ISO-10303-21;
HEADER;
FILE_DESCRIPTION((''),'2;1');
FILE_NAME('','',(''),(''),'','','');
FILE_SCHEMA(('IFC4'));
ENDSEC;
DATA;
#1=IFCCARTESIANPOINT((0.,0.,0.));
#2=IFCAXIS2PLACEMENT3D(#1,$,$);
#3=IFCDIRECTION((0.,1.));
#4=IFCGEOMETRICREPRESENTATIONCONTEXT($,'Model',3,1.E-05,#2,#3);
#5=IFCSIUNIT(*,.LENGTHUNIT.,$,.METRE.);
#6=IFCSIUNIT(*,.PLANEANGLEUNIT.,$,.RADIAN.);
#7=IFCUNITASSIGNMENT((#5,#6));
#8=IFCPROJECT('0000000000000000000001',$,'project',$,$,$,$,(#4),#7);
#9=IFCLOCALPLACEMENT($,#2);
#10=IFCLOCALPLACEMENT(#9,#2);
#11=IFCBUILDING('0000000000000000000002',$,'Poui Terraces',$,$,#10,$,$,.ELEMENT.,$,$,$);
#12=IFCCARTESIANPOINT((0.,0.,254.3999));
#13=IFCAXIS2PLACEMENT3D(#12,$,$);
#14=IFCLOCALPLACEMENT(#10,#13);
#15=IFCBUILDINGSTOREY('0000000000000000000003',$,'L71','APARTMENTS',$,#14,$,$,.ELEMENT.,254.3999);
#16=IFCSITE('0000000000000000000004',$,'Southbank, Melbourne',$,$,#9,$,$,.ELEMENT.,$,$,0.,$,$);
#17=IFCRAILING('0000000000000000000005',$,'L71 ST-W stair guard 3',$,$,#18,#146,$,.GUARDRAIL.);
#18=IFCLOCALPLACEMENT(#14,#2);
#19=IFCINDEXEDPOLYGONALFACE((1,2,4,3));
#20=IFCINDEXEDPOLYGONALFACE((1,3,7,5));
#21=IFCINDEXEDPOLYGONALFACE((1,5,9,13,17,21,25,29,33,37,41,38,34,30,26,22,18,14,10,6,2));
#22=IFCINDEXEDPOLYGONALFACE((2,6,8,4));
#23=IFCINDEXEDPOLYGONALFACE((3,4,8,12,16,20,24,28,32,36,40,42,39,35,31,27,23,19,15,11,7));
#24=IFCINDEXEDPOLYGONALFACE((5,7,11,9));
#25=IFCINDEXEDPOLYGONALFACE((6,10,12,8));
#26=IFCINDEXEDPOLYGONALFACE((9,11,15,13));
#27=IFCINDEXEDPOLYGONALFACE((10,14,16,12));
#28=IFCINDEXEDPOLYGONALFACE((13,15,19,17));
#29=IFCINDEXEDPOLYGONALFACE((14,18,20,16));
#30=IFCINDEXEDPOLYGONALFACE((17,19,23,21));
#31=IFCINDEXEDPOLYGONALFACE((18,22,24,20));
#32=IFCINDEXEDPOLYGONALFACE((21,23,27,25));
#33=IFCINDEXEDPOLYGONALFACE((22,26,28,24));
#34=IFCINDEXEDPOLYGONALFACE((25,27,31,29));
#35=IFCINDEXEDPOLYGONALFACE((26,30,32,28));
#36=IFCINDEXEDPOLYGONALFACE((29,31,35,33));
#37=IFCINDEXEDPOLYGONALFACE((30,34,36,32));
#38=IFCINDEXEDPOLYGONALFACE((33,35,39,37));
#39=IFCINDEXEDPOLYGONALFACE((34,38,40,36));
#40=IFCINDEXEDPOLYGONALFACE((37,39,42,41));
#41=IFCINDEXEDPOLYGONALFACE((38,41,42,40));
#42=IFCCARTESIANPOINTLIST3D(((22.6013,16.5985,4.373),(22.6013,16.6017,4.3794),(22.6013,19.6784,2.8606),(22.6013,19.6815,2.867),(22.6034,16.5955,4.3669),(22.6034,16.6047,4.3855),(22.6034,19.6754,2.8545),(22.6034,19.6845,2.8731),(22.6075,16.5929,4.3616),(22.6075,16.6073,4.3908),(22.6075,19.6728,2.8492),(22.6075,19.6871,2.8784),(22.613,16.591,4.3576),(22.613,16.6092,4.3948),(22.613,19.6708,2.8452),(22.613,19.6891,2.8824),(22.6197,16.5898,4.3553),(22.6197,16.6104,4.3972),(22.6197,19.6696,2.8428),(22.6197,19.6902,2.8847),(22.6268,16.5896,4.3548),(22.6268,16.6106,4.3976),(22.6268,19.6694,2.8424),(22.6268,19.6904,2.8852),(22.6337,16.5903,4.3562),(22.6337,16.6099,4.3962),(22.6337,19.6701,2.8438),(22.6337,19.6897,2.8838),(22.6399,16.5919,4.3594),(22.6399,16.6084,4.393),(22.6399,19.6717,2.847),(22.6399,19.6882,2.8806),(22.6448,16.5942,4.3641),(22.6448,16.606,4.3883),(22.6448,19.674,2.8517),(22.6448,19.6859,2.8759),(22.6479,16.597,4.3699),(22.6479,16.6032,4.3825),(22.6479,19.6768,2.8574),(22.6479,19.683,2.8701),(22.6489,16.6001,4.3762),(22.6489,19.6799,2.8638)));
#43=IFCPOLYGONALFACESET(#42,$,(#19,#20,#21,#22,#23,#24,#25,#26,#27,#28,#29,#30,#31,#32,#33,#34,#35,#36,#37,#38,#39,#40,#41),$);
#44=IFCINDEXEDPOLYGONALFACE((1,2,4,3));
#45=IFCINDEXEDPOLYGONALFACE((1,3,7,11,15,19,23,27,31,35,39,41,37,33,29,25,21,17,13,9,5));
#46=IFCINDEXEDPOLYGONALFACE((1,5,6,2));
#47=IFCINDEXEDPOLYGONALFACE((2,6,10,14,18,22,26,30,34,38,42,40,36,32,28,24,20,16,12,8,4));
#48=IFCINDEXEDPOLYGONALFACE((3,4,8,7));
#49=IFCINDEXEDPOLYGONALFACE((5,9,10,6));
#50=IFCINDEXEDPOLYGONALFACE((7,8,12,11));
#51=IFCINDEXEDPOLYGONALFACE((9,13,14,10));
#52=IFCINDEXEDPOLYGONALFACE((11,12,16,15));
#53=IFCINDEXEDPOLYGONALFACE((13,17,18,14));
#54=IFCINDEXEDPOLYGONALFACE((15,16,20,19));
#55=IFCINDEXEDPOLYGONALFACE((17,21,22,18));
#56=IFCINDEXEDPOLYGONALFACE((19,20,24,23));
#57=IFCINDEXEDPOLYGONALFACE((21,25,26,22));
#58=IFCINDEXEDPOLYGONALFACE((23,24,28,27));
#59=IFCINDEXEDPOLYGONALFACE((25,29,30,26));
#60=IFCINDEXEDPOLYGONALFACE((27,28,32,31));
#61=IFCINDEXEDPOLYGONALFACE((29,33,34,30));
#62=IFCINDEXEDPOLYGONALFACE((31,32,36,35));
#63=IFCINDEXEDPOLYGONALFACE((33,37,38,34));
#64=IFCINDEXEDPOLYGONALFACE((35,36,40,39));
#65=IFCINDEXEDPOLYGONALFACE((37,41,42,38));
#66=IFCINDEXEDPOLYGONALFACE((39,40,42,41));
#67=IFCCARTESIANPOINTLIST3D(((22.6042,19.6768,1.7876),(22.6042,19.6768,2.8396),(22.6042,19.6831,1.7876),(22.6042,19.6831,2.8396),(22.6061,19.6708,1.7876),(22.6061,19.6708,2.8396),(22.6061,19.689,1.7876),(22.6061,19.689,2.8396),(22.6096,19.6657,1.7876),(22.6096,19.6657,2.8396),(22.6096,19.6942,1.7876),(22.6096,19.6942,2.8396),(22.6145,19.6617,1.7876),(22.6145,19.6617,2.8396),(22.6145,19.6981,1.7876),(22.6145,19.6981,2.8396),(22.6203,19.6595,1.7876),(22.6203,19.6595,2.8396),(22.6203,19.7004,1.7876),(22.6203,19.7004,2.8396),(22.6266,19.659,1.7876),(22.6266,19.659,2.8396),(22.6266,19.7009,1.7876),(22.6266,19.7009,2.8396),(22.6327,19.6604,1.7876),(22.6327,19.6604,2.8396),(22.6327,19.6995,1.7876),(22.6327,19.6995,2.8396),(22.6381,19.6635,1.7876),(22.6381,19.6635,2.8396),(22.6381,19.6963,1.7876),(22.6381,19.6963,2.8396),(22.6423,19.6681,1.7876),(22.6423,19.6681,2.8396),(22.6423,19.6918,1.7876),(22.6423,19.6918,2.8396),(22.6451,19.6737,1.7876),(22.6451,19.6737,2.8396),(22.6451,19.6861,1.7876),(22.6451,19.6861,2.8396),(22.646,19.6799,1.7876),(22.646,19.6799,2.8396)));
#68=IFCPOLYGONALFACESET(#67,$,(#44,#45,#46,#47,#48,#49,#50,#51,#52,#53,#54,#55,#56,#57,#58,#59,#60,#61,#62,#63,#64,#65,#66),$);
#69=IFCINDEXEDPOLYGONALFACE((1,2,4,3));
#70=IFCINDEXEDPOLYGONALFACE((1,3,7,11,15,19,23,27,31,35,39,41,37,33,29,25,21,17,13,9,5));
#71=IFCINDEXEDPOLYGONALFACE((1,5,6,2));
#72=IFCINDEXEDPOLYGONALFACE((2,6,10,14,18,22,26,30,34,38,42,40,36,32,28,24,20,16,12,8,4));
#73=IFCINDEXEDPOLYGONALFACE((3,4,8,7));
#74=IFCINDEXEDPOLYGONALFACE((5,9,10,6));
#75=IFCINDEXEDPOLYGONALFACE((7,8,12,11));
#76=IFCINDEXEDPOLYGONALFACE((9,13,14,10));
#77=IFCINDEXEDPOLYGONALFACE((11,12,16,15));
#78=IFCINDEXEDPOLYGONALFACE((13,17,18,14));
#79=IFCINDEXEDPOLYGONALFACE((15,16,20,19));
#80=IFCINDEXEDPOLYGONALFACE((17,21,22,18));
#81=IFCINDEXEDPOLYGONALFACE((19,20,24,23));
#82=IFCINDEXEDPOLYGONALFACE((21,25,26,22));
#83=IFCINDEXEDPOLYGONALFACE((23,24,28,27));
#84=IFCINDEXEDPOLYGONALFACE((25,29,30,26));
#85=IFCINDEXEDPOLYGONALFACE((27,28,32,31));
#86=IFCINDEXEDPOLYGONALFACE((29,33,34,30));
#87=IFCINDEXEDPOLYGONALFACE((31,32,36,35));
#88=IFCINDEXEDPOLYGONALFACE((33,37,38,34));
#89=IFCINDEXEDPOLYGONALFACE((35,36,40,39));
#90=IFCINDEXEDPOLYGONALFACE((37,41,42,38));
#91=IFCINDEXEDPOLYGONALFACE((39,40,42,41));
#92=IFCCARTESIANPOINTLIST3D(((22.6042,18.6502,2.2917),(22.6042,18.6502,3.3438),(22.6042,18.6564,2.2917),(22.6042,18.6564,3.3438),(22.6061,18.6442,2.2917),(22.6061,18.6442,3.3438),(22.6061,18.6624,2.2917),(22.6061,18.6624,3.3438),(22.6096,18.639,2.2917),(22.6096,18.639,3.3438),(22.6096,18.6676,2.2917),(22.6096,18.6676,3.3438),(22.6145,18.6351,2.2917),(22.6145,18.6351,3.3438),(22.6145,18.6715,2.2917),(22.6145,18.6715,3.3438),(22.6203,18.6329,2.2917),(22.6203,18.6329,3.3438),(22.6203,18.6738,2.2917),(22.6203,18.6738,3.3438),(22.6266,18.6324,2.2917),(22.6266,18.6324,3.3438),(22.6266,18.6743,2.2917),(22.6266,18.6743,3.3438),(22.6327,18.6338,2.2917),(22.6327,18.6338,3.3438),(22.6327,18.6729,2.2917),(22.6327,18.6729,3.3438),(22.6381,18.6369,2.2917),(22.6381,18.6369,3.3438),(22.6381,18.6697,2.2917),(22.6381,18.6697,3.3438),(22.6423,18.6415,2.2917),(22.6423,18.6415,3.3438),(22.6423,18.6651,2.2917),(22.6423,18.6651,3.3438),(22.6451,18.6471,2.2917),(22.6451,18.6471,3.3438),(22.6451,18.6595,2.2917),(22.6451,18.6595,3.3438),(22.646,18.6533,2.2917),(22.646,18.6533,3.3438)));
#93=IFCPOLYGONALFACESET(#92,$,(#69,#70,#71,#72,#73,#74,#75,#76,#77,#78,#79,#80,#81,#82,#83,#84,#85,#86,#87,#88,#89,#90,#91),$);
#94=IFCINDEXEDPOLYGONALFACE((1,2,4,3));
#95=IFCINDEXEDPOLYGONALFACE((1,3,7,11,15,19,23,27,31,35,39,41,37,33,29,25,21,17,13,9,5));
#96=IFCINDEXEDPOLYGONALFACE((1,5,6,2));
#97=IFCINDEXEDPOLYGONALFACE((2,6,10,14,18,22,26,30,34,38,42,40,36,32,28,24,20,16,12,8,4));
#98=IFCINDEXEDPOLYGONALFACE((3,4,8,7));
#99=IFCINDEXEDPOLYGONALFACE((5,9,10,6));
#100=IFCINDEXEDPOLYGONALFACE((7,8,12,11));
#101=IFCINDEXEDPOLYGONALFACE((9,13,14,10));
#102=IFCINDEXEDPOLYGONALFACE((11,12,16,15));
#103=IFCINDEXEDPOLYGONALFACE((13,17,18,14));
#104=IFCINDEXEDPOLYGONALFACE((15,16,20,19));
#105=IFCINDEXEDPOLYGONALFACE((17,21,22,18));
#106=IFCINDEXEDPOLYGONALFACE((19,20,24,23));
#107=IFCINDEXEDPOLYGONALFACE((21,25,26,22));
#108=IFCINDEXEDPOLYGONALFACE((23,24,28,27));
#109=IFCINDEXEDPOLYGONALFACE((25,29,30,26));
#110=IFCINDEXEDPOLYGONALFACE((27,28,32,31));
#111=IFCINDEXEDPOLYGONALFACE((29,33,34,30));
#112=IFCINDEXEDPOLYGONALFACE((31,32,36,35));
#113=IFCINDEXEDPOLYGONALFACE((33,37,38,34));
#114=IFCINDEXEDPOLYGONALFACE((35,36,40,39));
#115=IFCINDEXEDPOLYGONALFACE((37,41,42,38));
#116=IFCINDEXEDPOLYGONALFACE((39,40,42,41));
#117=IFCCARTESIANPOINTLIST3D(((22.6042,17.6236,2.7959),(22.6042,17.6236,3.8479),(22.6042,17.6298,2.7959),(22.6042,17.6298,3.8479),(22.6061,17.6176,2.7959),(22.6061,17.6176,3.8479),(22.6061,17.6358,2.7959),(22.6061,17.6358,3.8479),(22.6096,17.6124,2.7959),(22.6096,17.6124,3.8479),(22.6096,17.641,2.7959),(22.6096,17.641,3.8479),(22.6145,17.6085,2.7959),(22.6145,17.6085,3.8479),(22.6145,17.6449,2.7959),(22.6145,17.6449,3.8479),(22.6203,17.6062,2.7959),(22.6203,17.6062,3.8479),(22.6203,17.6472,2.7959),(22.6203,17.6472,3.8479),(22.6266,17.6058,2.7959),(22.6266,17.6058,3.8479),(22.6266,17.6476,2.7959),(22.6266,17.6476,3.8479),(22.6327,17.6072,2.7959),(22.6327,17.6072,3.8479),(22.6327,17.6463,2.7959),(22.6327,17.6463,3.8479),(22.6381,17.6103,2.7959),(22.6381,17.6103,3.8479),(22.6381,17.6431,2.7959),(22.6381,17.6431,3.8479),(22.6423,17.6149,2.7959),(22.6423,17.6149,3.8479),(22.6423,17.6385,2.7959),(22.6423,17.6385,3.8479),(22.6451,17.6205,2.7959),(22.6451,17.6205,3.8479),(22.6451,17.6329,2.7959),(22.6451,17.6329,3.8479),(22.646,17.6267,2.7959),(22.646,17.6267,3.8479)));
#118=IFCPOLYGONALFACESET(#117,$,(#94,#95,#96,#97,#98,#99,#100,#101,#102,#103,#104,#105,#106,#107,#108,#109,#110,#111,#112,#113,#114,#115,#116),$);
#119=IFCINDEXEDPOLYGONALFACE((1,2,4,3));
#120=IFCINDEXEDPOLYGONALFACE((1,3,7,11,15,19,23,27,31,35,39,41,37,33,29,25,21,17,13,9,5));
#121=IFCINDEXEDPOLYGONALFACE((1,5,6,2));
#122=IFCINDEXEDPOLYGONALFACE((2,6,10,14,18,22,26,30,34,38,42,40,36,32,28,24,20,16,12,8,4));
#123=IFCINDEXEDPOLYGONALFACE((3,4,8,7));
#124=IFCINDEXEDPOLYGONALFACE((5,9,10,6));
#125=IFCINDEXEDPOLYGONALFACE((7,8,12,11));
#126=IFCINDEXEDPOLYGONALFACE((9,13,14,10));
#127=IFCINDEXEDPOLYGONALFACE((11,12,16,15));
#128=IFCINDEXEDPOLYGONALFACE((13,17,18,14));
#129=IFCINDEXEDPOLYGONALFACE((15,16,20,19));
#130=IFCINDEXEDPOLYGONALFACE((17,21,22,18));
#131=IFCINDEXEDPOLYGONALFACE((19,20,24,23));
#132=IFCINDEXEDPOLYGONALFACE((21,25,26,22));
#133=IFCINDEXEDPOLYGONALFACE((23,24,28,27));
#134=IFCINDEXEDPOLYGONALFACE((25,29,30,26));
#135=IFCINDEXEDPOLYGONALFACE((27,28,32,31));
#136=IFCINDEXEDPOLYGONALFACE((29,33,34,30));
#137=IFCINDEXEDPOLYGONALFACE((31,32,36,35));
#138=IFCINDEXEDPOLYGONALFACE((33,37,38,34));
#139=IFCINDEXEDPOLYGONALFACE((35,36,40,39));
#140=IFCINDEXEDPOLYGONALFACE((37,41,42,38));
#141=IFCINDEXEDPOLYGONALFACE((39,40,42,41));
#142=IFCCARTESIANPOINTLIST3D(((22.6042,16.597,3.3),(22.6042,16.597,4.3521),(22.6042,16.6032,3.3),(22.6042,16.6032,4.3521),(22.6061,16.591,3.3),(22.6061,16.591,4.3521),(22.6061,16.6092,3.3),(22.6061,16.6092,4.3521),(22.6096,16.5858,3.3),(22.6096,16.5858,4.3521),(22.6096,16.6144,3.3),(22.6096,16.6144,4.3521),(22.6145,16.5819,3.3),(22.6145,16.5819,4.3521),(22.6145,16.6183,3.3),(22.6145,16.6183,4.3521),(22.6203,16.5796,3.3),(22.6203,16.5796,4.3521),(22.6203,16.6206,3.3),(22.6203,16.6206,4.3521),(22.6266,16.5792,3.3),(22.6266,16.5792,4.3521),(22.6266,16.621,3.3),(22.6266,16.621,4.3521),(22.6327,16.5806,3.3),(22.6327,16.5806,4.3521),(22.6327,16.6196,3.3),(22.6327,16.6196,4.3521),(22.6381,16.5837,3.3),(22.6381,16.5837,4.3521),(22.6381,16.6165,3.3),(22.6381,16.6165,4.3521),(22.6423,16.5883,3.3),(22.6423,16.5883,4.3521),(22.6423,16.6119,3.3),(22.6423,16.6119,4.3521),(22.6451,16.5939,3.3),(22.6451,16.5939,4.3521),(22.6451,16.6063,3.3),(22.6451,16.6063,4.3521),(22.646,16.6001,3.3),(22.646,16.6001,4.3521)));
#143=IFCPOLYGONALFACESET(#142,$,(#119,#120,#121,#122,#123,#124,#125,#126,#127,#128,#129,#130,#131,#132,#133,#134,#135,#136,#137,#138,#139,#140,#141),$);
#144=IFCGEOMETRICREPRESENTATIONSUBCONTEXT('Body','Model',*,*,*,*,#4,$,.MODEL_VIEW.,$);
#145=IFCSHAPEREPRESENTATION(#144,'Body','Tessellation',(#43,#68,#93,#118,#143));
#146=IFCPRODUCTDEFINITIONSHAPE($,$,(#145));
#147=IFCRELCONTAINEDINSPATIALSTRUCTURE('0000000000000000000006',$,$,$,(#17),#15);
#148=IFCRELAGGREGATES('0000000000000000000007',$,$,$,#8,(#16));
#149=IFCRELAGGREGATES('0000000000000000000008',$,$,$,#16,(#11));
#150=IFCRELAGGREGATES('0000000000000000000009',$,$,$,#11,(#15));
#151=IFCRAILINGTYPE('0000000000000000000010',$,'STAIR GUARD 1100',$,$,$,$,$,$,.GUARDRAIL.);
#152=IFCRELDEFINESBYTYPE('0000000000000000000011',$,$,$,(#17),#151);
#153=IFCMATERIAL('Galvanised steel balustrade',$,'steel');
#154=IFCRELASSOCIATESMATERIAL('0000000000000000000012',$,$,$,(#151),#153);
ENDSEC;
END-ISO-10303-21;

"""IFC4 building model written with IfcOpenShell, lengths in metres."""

from ifc_helpers import new_model, si_unit, direction, frame, origin, origin_2d, place, context, subcontext, project, spatial, circle, extrude, material, type_object, element, save


model = new_model("IFC4")

# Units and contexts
model_context = context("Model", 3, precision=1e-05, world=origin(), true_north=direction((0.0, 1.0)))
body_context = subcontext(model_context, "Body", "Model", "MODEL_VIEW")
ifc_project = project(units=[si_unit("LENGTHUNIT", "METRE"), si_unit("PLANEANGLEUNIT", "RADIAN")], contexts=[model_context])

# Site, building, storey
site_placement = place(None, origin())
site = spatial("IfcSite", under=ifc_project, at=site_placement, Name="Southbank, Melbourne", CompositionType="ELEMENT", RefElevation=0.0)
building_placement = place(site_placement, origin())
building = spatial("IfcBuilding", under=site, at=building_placement, Name="Poui Terraces", CompositionType="ELEMENT")
storey_placement = place(building_placement, frame((0.0, 0.0, 254.3999)))
storey = spatial("IfcBuildingStorey", under=building, at=storey_placement, Name="L71", Description="APARTMENTS", CompositionType="ELEMENT", Elevation=254.3999)

# Railing
ifc_material_1 = material(Name="Galvanised steel balustrade", Category="steel")
railing_type_1 = type_object("IfcRailingType", Name="STAIR GUARD 1100", PredefinedType="GUARDRAIL", material=ifc_material_1)
railing_1_placement = place(storey_placement, frame((22.625, 19.6799, 1.7876)))
element("IfcRailing", 1, at=railing_1_placement, inside=storey, type_object=railing_type_1, Name="L71 ST-W stair guard 3", PredefinedType="GUARDRAIL", context=body_context, shape_type="SweptSolid", body=[
    extrude(circle(Radius=0.0239, at=origin_2d()), frame((0.0, 0.0, 1.0762), z_axis=(0.0, -0.897606, 0.440798), x_axis=(1.0, 0.0, 0.0)), (0.0, 0.0, 1.0), 3.4312),
    extrude(circle(Radius=0.021, at=origin_2d()), origin(), (0.0, 0.0, 1.0), 1.052),
    extrude(circle(Radius=0.021, at=origin_2d()), frame((0.0, -1.0266, 0.5042)), (0.0, 0.0, 1.0), 1.052),
    extrude(circle(Radius=0.021, at=origin_2d()), frame((0.0, -2.0532, 1.0083)), (0.0, 0.0, 1.0), 1.052),
    extrude(circle(Radius=0.021, at=origin_2d()), frame((0.0, -3.0798, 1.5125)), (0.0, 0.0, 1.0), 1.052),
])

save(model, "model.ifc")
